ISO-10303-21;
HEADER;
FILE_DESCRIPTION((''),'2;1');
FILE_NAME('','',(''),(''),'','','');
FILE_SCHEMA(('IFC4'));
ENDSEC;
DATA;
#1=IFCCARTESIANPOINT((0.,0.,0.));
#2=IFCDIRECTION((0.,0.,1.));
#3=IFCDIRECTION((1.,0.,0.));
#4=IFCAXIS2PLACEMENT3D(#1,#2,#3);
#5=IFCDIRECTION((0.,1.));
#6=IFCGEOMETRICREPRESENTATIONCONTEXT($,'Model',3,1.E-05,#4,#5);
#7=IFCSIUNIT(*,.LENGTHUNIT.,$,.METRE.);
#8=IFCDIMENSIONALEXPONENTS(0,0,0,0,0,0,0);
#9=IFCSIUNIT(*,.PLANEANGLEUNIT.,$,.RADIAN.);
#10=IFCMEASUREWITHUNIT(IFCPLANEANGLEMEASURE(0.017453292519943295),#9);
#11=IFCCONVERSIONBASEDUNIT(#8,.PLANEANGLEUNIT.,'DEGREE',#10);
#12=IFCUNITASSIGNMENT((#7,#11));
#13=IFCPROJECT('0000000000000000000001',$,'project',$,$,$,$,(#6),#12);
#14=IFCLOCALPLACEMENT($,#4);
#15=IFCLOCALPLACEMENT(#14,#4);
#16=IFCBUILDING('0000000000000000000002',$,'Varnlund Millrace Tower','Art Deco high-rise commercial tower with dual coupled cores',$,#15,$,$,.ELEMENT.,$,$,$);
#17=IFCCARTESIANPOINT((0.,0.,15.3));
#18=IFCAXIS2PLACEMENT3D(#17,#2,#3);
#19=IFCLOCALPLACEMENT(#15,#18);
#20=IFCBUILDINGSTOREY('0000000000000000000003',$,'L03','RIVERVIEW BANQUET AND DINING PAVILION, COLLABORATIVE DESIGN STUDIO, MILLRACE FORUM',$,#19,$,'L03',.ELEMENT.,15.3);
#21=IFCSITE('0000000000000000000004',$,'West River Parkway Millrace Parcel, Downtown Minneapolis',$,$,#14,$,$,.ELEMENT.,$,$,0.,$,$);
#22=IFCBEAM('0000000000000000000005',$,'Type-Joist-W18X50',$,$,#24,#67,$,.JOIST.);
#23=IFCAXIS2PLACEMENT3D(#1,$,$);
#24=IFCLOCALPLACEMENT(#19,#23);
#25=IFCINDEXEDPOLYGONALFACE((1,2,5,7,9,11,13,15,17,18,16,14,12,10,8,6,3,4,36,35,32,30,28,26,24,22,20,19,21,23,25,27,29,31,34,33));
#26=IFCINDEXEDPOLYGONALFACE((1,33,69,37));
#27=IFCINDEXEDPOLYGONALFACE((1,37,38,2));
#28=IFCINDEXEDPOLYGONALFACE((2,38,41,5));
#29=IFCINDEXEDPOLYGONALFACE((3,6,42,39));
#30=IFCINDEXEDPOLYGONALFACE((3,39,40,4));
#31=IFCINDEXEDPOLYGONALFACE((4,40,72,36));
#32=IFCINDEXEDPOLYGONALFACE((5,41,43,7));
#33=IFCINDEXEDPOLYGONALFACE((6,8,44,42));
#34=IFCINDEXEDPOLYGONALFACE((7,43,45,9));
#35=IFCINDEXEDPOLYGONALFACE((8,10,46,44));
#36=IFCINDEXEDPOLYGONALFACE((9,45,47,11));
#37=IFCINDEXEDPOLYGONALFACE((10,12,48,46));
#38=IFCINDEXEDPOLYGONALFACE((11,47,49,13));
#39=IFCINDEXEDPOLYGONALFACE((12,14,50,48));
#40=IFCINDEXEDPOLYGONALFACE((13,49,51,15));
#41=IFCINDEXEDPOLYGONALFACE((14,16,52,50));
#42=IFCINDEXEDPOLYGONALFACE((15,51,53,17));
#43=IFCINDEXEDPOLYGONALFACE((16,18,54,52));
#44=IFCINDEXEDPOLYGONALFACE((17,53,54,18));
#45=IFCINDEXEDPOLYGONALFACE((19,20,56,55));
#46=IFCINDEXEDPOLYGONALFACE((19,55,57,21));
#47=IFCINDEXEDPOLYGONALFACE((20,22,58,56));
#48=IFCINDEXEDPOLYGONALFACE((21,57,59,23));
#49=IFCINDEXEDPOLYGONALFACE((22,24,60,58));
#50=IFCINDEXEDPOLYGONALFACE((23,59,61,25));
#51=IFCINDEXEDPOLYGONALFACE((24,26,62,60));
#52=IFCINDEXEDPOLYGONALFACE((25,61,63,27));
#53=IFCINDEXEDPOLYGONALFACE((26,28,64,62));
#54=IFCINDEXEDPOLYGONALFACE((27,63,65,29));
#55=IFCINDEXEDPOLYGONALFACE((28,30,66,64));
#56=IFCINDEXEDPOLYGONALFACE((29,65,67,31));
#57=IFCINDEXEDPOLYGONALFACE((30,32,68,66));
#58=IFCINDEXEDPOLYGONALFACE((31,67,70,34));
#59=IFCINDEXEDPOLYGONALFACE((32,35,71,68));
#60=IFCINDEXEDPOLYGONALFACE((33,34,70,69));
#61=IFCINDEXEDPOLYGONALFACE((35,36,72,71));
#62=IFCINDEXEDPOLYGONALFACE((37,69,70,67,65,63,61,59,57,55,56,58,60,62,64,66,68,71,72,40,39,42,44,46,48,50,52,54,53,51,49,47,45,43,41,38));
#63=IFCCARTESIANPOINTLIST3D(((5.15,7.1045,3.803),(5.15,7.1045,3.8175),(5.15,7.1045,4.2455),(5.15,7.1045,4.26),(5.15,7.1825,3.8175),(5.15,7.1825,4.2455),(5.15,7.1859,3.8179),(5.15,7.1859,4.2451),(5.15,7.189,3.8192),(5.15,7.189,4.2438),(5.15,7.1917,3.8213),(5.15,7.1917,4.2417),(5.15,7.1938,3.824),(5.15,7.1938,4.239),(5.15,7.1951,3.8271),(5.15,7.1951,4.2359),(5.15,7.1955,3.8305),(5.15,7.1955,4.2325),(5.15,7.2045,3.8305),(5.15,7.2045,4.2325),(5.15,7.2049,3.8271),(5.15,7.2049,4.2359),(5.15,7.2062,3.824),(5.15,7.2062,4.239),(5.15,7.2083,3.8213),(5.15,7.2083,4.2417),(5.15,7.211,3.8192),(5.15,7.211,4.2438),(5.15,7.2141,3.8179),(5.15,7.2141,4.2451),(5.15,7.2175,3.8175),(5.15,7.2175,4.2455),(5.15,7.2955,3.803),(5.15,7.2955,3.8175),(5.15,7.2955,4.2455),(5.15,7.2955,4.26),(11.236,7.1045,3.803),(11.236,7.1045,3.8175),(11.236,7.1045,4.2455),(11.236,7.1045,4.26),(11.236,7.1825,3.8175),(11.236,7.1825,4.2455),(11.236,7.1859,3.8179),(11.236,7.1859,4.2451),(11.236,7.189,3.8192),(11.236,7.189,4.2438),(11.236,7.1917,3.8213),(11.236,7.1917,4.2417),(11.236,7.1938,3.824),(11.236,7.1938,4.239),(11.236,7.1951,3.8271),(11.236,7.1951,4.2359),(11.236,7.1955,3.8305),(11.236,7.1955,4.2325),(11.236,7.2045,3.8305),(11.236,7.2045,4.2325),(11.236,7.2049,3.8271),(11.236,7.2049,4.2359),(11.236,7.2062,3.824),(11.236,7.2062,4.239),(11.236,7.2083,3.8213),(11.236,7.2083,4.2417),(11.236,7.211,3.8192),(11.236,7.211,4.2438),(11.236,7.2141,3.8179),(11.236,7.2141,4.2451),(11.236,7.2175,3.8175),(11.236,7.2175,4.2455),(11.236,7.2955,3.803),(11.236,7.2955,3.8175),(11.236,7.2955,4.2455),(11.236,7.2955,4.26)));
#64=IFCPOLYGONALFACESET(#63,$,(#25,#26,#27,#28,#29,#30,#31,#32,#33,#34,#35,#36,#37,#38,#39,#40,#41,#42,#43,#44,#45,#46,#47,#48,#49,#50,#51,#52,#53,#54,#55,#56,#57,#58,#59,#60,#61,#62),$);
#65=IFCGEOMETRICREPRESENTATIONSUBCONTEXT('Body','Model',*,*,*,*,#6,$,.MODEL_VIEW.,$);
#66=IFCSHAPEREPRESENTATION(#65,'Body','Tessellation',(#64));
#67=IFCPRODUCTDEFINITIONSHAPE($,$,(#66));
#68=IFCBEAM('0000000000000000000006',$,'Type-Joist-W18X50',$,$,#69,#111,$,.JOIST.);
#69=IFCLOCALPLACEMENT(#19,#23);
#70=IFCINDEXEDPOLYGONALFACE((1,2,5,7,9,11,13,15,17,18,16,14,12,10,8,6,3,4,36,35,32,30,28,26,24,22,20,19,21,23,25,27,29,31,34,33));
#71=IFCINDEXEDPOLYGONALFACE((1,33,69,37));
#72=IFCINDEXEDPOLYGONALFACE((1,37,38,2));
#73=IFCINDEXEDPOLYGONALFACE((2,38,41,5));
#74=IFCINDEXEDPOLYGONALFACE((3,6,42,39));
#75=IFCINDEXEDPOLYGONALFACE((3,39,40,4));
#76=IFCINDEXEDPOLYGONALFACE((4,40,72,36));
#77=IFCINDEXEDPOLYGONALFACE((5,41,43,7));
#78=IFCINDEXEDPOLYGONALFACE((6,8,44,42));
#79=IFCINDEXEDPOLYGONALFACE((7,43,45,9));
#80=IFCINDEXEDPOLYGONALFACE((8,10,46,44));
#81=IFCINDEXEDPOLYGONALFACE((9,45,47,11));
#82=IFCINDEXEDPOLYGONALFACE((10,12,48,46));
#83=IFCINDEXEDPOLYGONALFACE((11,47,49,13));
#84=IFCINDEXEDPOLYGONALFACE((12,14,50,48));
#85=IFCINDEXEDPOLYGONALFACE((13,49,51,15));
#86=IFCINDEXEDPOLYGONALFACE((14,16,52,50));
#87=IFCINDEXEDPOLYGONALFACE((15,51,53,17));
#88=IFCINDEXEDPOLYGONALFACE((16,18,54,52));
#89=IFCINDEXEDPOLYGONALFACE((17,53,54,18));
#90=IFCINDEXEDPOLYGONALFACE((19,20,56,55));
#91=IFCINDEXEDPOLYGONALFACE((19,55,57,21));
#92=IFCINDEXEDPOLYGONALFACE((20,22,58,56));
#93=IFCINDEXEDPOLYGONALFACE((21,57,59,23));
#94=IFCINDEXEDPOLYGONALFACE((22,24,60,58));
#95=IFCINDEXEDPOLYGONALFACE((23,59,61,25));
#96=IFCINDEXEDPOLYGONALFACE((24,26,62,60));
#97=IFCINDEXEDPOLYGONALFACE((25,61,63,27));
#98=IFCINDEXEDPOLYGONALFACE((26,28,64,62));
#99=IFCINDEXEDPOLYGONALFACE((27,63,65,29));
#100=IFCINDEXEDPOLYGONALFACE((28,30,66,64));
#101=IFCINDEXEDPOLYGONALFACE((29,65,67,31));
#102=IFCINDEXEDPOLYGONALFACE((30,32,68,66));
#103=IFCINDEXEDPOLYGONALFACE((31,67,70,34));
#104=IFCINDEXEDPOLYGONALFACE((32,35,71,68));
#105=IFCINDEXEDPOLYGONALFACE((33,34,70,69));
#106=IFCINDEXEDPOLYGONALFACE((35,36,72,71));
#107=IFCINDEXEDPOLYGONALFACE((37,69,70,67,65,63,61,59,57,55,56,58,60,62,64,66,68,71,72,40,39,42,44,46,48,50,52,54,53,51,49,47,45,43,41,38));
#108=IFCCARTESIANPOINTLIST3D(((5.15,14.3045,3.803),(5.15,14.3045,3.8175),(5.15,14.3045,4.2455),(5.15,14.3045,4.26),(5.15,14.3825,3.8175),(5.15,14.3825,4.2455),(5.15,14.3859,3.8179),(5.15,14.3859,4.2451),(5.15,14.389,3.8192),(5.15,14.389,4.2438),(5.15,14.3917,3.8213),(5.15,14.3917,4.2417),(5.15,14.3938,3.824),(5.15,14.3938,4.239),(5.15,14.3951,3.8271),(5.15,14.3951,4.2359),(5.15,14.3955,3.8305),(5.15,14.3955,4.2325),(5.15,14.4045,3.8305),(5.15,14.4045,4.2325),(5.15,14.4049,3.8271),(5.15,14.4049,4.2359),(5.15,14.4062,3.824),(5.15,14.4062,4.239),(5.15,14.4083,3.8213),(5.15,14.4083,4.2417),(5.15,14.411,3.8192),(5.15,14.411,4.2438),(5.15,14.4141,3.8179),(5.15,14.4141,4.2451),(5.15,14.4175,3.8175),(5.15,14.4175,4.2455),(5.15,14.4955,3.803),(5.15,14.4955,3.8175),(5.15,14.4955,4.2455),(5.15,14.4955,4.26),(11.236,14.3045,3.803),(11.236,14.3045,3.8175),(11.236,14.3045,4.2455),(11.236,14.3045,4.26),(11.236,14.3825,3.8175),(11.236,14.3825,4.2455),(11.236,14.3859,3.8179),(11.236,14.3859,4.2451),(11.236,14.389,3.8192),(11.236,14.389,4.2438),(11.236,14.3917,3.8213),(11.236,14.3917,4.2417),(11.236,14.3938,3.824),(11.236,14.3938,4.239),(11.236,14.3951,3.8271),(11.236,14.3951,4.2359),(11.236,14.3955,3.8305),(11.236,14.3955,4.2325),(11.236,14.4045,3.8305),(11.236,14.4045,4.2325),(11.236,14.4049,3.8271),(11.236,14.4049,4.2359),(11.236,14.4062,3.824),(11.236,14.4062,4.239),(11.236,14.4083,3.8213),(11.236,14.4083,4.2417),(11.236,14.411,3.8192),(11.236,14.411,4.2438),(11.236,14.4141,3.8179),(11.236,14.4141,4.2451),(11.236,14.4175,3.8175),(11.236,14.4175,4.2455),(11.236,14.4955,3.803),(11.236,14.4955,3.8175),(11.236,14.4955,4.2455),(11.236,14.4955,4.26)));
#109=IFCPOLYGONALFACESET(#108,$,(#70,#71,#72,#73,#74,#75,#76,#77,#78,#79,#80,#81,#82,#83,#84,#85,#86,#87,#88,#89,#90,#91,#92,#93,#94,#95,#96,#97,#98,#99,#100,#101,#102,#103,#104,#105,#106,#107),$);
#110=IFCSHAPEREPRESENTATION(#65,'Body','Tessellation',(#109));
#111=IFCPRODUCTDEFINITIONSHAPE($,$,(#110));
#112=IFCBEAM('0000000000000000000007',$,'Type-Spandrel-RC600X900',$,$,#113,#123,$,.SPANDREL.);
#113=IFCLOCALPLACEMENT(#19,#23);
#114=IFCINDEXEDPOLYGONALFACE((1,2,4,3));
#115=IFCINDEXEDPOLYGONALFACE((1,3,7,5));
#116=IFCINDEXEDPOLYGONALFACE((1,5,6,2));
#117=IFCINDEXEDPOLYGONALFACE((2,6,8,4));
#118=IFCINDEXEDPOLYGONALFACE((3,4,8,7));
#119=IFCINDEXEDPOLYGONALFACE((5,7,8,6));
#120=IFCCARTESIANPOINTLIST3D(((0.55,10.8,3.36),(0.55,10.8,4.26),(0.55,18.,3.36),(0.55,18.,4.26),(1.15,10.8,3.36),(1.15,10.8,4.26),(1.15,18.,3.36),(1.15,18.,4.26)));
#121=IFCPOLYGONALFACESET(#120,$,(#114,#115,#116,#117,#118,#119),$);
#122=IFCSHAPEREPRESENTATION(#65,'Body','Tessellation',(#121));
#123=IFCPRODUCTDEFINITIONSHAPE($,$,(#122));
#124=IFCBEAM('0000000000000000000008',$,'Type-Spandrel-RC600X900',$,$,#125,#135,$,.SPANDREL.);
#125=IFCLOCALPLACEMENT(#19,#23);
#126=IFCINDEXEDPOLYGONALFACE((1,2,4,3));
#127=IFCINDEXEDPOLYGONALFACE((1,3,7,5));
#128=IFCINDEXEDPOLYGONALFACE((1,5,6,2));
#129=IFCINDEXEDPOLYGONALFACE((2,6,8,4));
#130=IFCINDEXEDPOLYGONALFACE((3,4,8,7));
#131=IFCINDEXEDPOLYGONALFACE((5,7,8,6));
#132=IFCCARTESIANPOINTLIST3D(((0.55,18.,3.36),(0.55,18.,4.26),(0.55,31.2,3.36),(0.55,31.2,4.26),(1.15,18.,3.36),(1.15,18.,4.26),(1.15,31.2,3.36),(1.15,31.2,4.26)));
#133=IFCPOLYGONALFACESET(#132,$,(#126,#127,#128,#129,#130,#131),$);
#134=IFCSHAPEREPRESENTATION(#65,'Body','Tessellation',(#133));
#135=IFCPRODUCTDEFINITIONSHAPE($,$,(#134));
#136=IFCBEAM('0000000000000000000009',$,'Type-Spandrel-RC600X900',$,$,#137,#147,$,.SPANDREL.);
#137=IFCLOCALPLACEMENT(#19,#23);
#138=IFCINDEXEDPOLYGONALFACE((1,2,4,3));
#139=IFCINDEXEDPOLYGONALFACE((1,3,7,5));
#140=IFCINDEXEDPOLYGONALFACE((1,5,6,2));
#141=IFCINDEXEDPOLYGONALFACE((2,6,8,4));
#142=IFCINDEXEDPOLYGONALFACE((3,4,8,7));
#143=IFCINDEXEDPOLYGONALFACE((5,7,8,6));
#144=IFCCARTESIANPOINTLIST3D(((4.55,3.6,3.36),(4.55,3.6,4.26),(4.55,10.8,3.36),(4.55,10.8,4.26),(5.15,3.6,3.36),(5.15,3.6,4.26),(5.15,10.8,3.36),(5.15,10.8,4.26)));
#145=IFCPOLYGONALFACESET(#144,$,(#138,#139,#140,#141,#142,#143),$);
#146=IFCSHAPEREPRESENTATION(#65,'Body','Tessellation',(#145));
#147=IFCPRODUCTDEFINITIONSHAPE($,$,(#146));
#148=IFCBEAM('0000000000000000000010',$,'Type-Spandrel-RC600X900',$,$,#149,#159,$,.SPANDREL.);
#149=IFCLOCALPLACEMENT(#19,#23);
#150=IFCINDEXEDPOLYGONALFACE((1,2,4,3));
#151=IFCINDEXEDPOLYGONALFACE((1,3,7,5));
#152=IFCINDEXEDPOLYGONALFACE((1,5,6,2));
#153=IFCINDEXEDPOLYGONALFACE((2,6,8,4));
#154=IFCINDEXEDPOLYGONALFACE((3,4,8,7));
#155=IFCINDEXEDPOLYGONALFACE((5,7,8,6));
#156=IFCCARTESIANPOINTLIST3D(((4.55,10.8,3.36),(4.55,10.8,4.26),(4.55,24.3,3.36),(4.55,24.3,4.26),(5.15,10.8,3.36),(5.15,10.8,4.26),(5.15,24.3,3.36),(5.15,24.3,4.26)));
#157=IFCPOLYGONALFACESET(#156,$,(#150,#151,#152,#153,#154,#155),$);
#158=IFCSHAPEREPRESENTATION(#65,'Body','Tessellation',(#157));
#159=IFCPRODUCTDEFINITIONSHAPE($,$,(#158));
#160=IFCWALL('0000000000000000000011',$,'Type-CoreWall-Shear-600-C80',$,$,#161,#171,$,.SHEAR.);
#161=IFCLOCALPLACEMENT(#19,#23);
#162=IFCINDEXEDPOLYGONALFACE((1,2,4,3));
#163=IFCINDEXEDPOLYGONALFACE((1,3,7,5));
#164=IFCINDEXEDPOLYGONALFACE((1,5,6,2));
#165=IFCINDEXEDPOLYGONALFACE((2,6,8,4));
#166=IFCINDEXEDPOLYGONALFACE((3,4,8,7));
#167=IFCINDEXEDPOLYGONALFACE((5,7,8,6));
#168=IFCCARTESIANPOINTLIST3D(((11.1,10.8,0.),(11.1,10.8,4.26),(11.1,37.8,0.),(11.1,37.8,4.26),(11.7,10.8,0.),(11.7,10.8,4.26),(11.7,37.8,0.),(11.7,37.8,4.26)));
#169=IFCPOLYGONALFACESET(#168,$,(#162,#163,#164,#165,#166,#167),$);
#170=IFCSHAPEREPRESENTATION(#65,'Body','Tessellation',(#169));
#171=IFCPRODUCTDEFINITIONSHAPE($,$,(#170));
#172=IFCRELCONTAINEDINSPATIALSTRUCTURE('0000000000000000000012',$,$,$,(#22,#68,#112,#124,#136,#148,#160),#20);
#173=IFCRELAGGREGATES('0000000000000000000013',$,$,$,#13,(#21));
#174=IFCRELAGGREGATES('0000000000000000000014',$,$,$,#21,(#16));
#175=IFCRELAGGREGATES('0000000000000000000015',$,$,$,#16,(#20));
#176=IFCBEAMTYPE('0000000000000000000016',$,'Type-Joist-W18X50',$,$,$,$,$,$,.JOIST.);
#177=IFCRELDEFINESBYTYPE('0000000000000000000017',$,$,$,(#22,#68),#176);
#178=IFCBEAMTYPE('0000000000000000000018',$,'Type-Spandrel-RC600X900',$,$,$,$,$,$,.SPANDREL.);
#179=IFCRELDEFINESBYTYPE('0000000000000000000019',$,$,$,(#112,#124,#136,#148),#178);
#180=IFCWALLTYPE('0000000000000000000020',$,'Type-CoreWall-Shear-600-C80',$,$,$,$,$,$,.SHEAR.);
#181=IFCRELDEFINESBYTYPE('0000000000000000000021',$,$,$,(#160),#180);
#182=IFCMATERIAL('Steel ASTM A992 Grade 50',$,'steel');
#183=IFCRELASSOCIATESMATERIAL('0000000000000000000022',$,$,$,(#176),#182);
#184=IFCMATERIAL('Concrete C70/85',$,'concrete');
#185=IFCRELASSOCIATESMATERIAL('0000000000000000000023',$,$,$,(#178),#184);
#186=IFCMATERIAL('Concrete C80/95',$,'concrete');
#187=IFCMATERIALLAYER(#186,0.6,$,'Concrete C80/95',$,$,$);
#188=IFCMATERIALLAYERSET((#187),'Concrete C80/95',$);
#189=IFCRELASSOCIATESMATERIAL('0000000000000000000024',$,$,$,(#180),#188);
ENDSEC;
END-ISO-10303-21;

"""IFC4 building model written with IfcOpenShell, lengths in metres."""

from ifc_helpers import new_model, entity, si_unit, converted_unit, direction, frame, origin_with_axes, origin_2d_with_axis, place, context, subcontext, project, spatial, polyline, rectangle, i_section, outline, extrude, material, layer, layer_set, material_profile, profile_set, type_object, element, save


model = new_model("IFC4")

# Units and contexts
model_context = context("Model", 3, precision=1e-05, world=origin_with_axes(), true_north=direction((0.0, 1.0)))
body_context = subcontext(model_context, "Body", "Model", "MODEL_VIEW")
ifc_project = project(units=[si_unit("LENGTHUNIT", "METRE"), converted_unit("PLANEANGLEUNIT", "DEGREE", entity("IfcPlaneAngleMeasure", 0.017453292519943295), si_unit("PLANEANGLEUNIT", "RADIAN"), dimensions=[0, 0, 0, 0, 0, 0, 0])], contexts=[model_context])

# Site, building, storey
site_placement = place(None, origin_with_axes())
site = spatial("IfcSite", under=ifc_project, at=site_placement, Name="West River Parkway Millrace Parcel, Downtown Minneapolis", CompositionType="ELEMENT", RefElevation=0.0)
building_placement = place(site_placement, origin_with_axes())
building = spatial("IfcBuilding", under=site, at=building_placement, Name="Varnlund Millrace Tower", Description="Art Deco high-rise commercial tower with dual coupled cores", CompositionType="ELEMENT")
storey_placement = place(building_placement, frame((0.0, 0.0, 15.3), z_axis=(0.0, 0.0, 1.0), x_axis=(1.0, 0.0, 0.0)))
storey = spatial("IfcBuildingStorey", under=building, at=storey_placement, Name="L03", Description="RIVERVIEW BANQUET AND DINING PAVILION, COLLABORATIVE DESIGN STUDIO, MILLRACE FORUM", LongName="L03", CompositionType="ELEMENT", Elevation=15.3)

# Shared definitions
ifc_material_1 = material(Name="Concrete C80/95", Category="concrete")

# Beams
ifc_material_2 = material(Name="Steel ASTM A992 Grade 50", Category="steel")
ifc_material_profile_1 = material_profile(ifc_material_2, i_section(OverallWidth=0.191, OverallDepth=0.457, WebThickness=0.009, FlangeThickness=0.0145, FilletRadius=0.013, at=origin_2d_with_axis()), Name="Steel ASTM A992 Grade 50")
ifc_profile_set_1 = profile_set([ifc_material_profile_1], Name="Steel ASTM A992 Grade 50")
beam_type_1 = type_object("IfcBeamType", Name="Type-Joist-W18X50", PredefinedType="JOIST", material=ifc_profile_set_1)
for number, where, z_axis, x_axis, name in (
    (1, (5.15, 7.2, 4.0315), (1.0, 0.0, 0.0), (0.0, 1.0, 0.0), "Type-Joist-W18X50"),
    (2, (5.15, 14.4, 4.0315), (1.0, 0.0, 0.0), (0.0, 1.0, 0.0), "Type-Joist-W18X50"),
):
    element("IfcBeam", number, at=place(storey_placement, frame(where, z_axis=z_axis, x_axis=x_axis)), inside=storey, type_object=beam_type_1, Name=name, PredefinedType="JOIST", context=body_context, shape_type="SweptSolid", body=[
        extrude(i_section(OverallWidth=0.191, OverallDepth=0.457, WebThickness=0.009, FlangeThickness=0.0145, FilletRadius=0.013, at=origin_2d_with_axis()), origin_with_axes(), (0.0, 0.0, 1.0), 6.086),
    ])
ifc_material_3 = material(Name="Concrete C70/85", Category="concrete")
ifc_material_profile_2 = material_profile(ifc_material_3, rectangle(XDim=0.6, YDim=0.9, at=origin_2d_with_axis()), Name="Concrete C70/85")
ifc_profile_set_2 = profile_set([ifc_material_profile_2], Name="Concrete C70/85")
beam_type_2 = type_object("IfcBeamType", Name="Type-Spandrel-RC600X900", PredefinedType="SPANDREL", material=ifc_profile_set_2)
beam_1_placement = place(storey_placement, frame((0.85, 10.8, 3.81), z_axis=(0.0, 1.0, 0.0), x_axis=(-1.0, 0.0, 0.0)))
element("IfcBeam", 3, at=beam_1_placement, inside=storey, type_object=beam_type_2, Name="Type-Spandrel-RC600X900", PredefinedType="SPANDREL", context=body_context, shape_type="SweptSolid", body=[
    extrude(rectangle(XDim=0.6, YDim=0.9, at=origin_2d_with_axis()), origin_with_axes(), (0.0, 0.0, 1.0), 7.2),
])
beam_2_placement = place(storey_placement, frame((0.85, 18.0, 3.81), z_axis=(0.0, 1.0, 0.0), x_axis=(-1.0, 0.0, 0.0)))
element("IfcBeam", 4, at=beam_2_placement, inside=storey, type_object=beam_type_2, Name="Type-Spandrel-RC600X900", PredefinedType="SPANDREL", context=body_context, shape_type="SweptSolid", body=[
    extrude(rectangle(XDim=0.6, YDim=0.9, at=origin_2d_with_axis()), origin_with_axes(), (0.0, 0.0, 1.0), 13.2),
])
beam_3_placement = place(storey_placement, frame((4.85, 3.6, 3.81), z_axis=(0.0, 1.0, 0.0), x_axis=(-1.0, 0.0, 0.0)))
element("IfcBeam", 5, at=beam_3_placement, inside=storey, type_object=beam_type_2, Name="Type-Spandrel-RC600X900", PredefinedType="SPANDREL", context=body_context, shape_type="SweptSolid", body=[
    extrude(rectangle(XDim=0.6, YDim=0.9, at=origin_2d_with_axis()), origin_with_axes(), (0.0, 0.0, 1.0), 7.2),
])
beam_4_placement = place(storey_placement, frame((4.85, 10.8, 3.81), z_axis=(0.0, 1.0, 0.0), x_axis=(-1.0, 0.0, 0.0)))
element("IfcBeam", 6, at=beam_4_placement, inside=storey, type_object=beam_type_2, Name="Type-Spandrel-RC600X900", PredefinedType="SPANDREL", context=body_context, shape_type="SweptSolid", body=[
    extrude(rectangle(XDim=0.6, YDim=0.9, at=origin_2d_with_axis()), origin_with_axes(), (0.0, 0.0, 1.0), 13.5),
])

# Wall
ifc_layer_1 = layer(ifc_material_1, 0.6, Name="Concrete C80/95")
ifc_layer_set_1 = layer_set([ifc_layer_1], Name="Concrete C80/95")
wall_type_1 = type_object("IfcWallType", Name="Type-CoreWall-Shear-600-C80", PredefinedType="SHEAR", material=ifc_layer_set_1)
wall_1_placement = place(storey_placement, frame((11.4, 10.8, 0.0), z_axis=(0.0, 0.0, 1.0), x_axis=(0.0, 1.0, 0.0)))
element("IfcWall", 7, at=wall_1_placement, inside=storey, type_object=wall_type_1, Name="Type-CoreWall-Shear-600-C80", PredefinedType="SHEAR", context=body_context, shape_type="SweptSolid", body=[
    extrude(outline(polyline([(0.0, -0.3), (27.0, -0.3), (27.0, 0.3), (0.0, 0.3), (0.0, -0.3)])), origin_with_axes(), (0.0, 0.0, 1.0), 4.26),
])

save(model, "model.ifc")
